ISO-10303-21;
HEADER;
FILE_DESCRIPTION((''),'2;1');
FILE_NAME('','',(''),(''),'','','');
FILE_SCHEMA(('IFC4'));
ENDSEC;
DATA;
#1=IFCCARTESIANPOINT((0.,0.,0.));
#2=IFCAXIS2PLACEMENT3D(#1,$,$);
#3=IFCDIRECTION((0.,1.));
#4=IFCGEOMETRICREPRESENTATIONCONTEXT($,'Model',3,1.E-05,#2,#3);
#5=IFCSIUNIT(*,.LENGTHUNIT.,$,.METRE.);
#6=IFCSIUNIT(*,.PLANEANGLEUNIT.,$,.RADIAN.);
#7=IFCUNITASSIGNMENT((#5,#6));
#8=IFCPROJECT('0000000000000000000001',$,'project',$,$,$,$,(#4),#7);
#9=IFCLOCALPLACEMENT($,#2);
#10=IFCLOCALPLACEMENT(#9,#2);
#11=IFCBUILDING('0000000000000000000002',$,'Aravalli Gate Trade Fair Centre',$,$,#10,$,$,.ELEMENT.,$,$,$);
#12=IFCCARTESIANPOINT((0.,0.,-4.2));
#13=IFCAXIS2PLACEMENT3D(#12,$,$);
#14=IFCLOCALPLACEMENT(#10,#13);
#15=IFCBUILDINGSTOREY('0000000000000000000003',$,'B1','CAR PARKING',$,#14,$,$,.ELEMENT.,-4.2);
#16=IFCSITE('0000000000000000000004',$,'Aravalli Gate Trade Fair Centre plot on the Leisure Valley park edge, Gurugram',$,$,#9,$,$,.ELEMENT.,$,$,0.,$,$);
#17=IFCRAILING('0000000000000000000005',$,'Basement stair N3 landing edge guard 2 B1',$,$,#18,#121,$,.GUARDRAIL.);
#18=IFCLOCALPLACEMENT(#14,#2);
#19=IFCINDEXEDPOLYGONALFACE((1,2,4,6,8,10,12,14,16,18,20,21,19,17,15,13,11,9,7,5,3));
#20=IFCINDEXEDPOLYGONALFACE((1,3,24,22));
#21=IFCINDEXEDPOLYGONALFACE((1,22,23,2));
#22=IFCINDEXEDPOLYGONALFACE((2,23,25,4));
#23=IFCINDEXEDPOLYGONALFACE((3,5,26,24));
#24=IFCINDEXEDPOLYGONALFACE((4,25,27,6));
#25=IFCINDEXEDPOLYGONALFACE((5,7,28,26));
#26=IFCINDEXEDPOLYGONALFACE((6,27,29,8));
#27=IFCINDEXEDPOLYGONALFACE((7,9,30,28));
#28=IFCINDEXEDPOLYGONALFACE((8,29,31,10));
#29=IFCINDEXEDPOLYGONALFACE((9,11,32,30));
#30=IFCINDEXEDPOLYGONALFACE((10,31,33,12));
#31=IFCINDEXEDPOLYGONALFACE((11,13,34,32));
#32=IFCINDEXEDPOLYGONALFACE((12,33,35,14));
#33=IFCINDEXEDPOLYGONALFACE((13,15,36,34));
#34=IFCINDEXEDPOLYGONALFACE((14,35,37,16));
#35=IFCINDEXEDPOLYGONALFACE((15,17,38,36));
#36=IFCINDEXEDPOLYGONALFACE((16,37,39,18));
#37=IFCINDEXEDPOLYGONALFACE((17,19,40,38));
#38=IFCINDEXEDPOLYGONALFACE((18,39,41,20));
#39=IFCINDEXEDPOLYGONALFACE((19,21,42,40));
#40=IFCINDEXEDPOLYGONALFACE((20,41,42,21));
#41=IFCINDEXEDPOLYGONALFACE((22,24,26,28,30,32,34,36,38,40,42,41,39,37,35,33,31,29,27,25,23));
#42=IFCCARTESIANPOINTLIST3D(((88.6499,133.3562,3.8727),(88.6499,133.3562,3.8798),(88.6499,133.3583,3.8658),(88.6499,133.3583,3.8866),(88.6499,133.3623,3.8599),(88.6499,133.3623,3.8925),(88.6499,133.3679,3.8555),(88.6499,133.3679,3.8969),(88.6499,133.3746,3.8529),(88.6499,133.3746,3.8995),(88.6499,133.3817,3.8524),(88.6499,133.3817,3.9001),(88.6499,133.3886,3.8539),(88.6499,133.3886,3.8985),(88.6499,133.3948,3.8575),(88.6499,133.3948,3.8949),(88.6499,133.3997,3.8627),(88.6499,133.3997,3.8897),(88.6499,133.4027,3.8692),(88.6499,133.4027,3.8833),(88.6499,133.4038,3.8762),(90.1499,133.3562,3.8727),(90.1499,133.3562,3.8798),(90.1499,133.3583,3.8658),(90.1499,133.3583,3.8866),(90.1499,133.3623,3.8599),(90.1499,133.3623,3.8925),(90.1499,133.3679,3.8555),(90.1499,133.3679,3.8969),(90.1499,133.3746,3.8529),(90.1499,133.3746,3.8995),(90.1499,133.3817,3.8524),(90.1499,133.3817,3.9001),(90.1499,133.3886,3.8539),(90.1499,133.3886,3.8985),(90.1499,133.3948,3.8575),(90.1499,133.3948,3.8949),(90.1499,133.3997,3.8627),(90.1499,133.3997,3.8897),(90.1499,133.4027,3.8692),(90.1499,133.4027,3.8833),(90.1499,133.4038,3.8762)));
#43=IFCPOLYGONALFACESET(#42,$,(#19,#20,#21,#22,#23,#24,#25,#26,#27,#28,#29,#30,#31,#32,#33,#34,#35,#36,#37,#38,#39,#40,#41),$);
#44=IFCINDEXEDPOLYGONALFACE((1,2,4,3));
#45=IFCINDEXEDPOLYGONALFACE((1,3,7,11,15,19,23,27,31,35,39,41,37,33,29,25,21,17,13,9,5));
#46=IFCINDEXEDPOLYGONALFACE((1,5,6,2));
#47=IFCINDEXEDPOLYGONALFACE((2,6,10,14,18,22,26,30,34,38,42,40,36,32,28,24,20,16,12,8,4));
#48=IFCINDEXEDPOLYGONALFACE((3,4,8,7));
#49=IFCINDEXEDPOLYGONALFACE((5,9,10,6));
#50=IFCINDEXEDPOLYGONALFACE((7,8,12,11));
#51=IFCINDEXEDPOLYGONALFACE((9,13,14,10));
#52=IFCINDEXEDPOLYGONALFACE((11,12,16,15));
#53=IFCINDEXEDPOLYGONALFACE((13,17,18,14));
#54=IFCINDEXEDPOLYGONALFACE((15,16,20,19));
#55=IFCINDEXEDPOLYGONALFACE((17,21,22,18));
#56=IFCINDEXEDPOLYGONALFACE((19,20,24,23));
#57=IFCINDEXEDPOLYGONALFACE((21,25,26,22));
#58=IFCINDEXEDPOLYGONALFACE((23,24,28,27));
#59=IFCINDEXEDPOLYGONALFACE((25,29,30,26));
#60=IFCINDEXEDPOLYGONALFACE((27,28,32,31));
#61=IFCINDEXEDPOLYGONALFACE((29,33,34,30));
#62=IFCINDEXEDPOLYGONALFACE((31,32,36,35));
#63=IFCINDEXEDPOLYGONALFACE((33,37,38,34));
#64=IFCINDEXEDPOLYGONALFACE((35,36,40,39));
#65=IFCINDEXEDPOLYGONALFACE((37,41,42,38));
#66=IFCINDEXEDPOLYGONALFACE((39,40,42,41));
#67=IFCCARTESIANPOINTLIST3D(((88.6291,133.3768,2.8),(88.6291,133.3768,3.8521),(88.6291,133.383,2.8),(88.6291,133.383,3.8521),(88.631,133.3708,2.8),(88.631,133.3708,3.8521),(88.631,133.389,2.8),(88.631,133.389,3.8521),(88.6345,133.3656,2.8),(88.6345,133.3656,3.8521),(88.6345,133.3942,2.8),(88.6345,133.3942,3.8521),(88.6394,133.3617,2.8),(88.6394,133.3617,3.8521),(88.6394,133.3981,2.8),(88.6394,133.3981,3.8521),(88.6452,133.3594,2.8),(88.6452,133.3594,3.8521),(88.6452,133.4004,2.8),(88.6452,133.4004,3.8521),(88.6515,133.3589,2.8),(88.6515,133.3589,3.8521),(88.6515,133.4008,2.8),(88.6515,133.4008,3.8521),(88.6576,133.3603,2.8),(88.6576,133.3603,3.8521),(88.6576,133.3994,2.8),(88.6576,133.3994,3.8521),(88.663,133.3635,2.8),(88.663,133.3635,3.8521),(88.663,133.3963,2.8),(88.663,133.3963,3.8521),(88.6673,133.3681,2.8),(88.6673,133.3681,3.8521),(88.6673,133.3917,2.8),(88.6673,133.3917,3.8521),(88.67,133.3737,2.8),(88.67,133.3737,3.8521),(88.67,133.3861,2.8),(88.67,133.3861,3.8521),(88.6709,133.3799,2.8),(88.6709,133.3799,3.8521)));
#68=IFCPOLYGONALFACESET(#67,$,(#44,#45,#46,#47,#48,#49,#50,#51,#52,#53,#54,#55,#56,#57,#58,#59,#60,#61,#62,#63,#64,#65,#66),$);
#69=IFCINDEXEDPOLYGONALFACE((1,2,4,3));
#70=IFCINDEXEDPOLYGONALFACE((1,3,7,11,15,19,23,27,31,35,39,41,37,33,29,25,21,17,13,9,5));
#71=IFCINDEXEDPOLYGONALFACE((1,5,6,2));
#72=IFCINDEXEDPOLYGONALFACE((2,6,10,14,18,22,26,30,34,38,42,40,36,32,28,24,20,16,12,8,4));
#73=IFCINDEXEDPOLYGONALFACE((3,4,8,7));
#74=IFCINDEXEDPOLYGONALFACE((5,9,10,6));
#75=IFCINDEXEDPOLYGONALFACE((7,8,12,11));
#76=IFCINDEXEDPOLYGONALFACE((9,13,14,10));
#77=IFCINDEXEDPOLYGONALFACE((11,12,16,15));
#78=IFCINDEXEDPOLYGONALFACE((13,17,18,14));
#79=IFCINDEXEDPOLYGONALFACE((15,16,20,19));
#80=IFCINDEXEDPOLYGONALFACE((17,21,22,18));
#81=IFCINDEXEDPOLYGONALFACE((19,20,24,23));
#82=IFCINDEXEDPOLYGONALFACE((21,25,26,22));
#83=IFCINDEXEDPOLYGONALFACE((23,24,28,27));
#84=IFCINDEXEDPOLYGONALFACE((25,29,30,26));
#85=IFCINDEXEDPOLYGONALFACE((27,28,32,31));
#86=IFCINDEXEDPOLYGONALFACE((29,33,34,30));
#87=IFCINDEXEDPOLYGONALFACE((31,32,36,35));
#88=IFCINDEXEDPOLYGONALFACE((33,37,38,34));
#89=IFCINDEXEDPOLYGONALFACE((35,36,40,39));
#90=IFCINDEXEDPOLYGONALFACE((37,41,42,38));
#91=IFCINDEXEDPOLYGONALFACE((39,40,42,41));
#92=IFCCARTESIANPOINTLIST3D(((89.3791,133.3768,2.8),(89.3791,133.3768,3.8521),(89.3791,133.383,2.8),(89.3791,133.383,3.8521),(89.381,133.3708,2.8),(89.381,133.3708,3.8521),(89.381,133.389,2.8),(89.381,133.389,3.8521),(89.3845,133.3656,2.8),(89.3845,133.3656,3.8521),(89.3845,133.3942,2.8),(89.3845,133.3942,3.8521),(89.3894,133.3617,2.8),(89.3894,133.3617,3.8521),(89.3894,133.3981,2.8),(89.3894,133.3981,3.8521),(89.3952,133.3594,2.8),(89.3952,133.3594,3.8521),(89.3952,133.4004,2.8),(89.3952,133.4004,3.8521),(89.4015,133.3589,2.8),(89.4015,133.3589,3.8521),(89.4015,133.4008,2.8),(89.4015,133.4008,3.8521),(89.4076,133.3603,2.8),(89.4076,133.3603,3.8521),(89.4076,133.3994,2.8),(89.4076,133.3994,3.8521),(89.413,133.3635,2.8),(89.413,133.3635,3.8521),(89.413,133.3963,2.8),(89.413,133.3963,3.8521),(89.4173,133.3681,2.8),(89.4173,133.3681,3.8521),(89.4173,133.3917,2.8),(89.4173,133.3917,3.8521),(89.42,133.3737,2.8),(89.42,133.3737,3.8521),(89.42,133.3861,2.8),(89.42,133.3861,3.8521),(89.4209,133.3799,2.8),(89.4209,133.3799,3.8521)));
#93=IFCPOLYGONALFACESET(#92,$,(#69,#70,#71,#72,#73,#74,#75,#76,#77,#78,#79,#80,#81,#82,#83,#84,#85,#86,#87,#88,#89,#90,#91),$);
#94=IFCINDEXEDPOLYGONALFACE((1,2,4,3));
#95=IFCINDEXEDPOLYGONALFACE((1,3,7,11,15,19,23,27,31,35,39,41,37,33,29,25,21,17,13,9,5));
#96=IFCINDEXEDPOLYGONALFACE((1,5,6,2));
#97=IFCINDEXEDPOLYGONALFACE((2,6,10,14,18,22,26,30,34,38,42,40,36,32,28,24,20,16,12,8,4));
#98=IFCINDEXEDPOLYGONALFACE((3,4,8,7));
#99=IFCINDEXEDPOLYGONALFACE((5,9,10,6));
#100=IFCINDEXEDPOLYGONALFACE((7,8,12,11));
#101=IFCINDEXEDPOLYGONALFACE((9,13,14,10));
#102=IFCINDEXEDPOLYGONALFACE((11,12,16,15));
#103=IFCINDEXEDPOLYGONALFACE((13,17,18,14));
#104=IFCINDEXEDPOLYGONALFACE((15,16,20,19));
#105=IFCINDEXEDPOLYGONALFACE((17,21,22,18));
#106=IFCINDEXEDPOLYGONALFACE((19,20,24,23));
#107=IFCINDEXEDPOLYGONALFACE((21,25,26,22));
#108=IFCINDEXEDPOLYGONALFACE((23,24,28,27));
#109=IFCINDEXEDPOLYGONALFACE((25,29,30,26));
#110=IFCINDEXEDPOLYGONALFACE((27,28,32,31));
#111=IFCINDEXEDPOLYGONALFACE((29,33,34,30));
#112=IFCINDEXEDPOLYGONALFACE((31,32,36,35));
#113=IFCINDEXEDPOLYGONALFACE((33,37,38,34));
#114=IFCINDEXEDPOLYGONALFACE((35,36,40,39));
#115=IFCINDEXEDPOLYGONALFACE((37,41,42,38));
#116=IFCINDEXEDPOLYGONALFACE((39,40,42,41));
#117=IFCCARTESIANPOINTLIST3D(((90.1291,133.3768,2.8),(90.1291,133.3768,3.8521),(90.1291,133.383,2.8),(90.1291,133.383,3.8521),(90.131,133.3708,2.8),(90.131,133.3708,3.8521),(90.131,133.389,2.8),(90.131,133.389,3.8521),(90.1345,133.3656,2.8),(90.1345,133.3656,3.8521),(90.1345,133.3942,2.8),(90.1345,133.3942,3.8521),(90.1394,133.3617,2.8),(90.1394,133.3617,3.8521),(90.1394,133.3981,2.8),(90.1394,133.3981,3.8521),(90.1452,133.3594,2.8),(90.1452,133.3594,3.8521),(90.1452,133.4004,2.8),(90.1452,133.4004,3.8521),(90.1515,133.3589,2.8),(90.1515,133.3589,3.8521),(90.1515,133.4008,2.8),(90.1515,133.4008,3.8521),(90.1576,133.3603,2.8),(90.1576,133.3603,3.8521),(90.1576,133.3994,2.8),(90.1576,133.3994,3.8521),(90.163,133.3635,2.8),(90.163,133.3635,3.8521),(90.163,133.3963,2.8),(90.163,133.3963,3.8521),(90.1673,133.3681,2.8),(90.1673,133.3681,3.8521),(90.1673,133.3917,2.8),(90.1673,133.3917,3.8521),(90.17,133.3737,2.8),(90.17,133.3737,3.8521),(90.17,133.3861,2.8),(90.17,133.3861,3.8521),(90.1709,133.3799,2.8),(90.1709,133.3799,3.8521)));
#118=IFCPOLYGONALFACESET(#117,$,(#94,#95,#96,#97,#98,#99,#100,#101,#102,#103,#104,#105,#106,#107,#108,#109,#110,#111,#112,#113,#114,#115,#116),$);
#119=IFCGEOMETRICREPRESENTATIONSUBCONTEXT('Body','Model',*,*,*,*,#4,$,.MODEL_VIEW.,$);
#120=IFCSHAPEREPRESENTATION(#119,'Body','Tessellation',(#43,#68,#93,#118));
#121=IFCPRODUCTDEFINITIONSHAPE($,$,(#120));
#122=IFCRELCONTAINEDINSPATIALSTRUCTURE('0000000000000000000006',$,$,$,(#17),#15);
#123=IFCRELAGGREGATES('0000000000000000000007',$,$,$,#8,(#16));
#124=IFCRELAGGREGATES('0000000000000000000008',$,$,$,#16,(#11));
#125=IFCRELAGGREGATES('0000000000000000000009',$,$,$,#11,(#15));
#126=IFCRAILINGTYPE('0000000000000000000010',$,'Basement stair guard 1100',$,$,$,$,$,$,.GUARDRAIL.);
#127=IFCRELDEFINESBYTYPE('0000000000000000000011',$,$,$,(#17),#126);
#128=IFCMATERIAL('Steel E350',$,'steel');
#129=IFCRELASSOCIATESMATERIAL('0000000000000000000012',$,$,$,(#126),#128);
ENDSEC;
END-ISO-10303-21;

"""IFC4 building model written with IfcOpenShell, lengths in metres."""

from ifc_helpers import new_model, si_unit, direction, frame, origin, origin_2d, place, context, subcontext, project, spatial, circle, extrude, material, type_object, element, save


model = new_model("IFC4")

# Units and contexts
model_context = context("Model", 3, precision=1e-05, world=origin(), true_north=direction((0.0, 1.0)))
body_context = subcontext(model_context, "Body", "Model", "MODEL_VIEW")
ifc_project = project(units=[si_unit("LENGTHUNIT", "METRE"), si_unit("PLANEANGLEUNIT", "RADIAN")], contexts=[model_context])

# Site, building, storey
site_placement = place(None, origin())
site = spatial("IfcSite", under=ifc_project, at=site_placement, Name="Aravalli Gate Trade Fair Centre plot on the Leisure Valley park edge, Gurugram", CompositionType="ELEMENT", RefElevation=0.0)
building_placement = place(site_placement, origin())
building = spatial("IfcBuilding", under=site, at=building_placement, Name="Aravalli Gate Trade Fair Centre", CompositionType="ELEMENT")
storey_placement = place(building_placement, frame((0.0, 0.0, -4.2)))
storey = spatial("IfcBuildingStorey", under=building, at=storey_placement, Name="B1", Description="CAR PARKING", CompositionType="ELEMENT", Elevation=-4.2)

# Railing
ifc_material_1 = material(Name="Steel E350", Category="steel")
railing_type = type_object("IfcRailingType", Name="Basement stair guard 1100", PredefinedType="GUARDRAIL", material=ifc_material_1)
railing_placement = place(storey_placement, frame((88.6499, 133.3799, 2.8)))
element("IfcRailing", 1, at=railing_placement, inside=storey, type_object=railing_type, Name="Basement stair N3 landing edge guard 2 B1", PredefinedType="GUARDRAIL", context=body_context, shape_type="SweptSolid", body=[
    extrude(circle(Radius=0.0239, at=origin_2d()), frame((0.0, 0.0, 1.0762), z_axis=(1.0, 0.0, 0.0), x_axis=(0.0, 1.0, 0.0)), (0.0, 0.0, 1.0), 1.5),
    extrude(circle(Radius=0.021, at=origin_2d()), origin(), (0.0, 0.0, 1.0), 1.052),
    extrude(circle(Radius=0.021, at=origin_2d()), frame((0.75, 0.0, 0.0)), (0.0, 0.0, 1.0), 1.052),
    extrude(circle(Radius=0.021, at=origin_2d()), frame((1.5, 0.0, 0.0)), (0.0, 0.0, 1.0), 1.052),
])

save(model, "model.ifc")
